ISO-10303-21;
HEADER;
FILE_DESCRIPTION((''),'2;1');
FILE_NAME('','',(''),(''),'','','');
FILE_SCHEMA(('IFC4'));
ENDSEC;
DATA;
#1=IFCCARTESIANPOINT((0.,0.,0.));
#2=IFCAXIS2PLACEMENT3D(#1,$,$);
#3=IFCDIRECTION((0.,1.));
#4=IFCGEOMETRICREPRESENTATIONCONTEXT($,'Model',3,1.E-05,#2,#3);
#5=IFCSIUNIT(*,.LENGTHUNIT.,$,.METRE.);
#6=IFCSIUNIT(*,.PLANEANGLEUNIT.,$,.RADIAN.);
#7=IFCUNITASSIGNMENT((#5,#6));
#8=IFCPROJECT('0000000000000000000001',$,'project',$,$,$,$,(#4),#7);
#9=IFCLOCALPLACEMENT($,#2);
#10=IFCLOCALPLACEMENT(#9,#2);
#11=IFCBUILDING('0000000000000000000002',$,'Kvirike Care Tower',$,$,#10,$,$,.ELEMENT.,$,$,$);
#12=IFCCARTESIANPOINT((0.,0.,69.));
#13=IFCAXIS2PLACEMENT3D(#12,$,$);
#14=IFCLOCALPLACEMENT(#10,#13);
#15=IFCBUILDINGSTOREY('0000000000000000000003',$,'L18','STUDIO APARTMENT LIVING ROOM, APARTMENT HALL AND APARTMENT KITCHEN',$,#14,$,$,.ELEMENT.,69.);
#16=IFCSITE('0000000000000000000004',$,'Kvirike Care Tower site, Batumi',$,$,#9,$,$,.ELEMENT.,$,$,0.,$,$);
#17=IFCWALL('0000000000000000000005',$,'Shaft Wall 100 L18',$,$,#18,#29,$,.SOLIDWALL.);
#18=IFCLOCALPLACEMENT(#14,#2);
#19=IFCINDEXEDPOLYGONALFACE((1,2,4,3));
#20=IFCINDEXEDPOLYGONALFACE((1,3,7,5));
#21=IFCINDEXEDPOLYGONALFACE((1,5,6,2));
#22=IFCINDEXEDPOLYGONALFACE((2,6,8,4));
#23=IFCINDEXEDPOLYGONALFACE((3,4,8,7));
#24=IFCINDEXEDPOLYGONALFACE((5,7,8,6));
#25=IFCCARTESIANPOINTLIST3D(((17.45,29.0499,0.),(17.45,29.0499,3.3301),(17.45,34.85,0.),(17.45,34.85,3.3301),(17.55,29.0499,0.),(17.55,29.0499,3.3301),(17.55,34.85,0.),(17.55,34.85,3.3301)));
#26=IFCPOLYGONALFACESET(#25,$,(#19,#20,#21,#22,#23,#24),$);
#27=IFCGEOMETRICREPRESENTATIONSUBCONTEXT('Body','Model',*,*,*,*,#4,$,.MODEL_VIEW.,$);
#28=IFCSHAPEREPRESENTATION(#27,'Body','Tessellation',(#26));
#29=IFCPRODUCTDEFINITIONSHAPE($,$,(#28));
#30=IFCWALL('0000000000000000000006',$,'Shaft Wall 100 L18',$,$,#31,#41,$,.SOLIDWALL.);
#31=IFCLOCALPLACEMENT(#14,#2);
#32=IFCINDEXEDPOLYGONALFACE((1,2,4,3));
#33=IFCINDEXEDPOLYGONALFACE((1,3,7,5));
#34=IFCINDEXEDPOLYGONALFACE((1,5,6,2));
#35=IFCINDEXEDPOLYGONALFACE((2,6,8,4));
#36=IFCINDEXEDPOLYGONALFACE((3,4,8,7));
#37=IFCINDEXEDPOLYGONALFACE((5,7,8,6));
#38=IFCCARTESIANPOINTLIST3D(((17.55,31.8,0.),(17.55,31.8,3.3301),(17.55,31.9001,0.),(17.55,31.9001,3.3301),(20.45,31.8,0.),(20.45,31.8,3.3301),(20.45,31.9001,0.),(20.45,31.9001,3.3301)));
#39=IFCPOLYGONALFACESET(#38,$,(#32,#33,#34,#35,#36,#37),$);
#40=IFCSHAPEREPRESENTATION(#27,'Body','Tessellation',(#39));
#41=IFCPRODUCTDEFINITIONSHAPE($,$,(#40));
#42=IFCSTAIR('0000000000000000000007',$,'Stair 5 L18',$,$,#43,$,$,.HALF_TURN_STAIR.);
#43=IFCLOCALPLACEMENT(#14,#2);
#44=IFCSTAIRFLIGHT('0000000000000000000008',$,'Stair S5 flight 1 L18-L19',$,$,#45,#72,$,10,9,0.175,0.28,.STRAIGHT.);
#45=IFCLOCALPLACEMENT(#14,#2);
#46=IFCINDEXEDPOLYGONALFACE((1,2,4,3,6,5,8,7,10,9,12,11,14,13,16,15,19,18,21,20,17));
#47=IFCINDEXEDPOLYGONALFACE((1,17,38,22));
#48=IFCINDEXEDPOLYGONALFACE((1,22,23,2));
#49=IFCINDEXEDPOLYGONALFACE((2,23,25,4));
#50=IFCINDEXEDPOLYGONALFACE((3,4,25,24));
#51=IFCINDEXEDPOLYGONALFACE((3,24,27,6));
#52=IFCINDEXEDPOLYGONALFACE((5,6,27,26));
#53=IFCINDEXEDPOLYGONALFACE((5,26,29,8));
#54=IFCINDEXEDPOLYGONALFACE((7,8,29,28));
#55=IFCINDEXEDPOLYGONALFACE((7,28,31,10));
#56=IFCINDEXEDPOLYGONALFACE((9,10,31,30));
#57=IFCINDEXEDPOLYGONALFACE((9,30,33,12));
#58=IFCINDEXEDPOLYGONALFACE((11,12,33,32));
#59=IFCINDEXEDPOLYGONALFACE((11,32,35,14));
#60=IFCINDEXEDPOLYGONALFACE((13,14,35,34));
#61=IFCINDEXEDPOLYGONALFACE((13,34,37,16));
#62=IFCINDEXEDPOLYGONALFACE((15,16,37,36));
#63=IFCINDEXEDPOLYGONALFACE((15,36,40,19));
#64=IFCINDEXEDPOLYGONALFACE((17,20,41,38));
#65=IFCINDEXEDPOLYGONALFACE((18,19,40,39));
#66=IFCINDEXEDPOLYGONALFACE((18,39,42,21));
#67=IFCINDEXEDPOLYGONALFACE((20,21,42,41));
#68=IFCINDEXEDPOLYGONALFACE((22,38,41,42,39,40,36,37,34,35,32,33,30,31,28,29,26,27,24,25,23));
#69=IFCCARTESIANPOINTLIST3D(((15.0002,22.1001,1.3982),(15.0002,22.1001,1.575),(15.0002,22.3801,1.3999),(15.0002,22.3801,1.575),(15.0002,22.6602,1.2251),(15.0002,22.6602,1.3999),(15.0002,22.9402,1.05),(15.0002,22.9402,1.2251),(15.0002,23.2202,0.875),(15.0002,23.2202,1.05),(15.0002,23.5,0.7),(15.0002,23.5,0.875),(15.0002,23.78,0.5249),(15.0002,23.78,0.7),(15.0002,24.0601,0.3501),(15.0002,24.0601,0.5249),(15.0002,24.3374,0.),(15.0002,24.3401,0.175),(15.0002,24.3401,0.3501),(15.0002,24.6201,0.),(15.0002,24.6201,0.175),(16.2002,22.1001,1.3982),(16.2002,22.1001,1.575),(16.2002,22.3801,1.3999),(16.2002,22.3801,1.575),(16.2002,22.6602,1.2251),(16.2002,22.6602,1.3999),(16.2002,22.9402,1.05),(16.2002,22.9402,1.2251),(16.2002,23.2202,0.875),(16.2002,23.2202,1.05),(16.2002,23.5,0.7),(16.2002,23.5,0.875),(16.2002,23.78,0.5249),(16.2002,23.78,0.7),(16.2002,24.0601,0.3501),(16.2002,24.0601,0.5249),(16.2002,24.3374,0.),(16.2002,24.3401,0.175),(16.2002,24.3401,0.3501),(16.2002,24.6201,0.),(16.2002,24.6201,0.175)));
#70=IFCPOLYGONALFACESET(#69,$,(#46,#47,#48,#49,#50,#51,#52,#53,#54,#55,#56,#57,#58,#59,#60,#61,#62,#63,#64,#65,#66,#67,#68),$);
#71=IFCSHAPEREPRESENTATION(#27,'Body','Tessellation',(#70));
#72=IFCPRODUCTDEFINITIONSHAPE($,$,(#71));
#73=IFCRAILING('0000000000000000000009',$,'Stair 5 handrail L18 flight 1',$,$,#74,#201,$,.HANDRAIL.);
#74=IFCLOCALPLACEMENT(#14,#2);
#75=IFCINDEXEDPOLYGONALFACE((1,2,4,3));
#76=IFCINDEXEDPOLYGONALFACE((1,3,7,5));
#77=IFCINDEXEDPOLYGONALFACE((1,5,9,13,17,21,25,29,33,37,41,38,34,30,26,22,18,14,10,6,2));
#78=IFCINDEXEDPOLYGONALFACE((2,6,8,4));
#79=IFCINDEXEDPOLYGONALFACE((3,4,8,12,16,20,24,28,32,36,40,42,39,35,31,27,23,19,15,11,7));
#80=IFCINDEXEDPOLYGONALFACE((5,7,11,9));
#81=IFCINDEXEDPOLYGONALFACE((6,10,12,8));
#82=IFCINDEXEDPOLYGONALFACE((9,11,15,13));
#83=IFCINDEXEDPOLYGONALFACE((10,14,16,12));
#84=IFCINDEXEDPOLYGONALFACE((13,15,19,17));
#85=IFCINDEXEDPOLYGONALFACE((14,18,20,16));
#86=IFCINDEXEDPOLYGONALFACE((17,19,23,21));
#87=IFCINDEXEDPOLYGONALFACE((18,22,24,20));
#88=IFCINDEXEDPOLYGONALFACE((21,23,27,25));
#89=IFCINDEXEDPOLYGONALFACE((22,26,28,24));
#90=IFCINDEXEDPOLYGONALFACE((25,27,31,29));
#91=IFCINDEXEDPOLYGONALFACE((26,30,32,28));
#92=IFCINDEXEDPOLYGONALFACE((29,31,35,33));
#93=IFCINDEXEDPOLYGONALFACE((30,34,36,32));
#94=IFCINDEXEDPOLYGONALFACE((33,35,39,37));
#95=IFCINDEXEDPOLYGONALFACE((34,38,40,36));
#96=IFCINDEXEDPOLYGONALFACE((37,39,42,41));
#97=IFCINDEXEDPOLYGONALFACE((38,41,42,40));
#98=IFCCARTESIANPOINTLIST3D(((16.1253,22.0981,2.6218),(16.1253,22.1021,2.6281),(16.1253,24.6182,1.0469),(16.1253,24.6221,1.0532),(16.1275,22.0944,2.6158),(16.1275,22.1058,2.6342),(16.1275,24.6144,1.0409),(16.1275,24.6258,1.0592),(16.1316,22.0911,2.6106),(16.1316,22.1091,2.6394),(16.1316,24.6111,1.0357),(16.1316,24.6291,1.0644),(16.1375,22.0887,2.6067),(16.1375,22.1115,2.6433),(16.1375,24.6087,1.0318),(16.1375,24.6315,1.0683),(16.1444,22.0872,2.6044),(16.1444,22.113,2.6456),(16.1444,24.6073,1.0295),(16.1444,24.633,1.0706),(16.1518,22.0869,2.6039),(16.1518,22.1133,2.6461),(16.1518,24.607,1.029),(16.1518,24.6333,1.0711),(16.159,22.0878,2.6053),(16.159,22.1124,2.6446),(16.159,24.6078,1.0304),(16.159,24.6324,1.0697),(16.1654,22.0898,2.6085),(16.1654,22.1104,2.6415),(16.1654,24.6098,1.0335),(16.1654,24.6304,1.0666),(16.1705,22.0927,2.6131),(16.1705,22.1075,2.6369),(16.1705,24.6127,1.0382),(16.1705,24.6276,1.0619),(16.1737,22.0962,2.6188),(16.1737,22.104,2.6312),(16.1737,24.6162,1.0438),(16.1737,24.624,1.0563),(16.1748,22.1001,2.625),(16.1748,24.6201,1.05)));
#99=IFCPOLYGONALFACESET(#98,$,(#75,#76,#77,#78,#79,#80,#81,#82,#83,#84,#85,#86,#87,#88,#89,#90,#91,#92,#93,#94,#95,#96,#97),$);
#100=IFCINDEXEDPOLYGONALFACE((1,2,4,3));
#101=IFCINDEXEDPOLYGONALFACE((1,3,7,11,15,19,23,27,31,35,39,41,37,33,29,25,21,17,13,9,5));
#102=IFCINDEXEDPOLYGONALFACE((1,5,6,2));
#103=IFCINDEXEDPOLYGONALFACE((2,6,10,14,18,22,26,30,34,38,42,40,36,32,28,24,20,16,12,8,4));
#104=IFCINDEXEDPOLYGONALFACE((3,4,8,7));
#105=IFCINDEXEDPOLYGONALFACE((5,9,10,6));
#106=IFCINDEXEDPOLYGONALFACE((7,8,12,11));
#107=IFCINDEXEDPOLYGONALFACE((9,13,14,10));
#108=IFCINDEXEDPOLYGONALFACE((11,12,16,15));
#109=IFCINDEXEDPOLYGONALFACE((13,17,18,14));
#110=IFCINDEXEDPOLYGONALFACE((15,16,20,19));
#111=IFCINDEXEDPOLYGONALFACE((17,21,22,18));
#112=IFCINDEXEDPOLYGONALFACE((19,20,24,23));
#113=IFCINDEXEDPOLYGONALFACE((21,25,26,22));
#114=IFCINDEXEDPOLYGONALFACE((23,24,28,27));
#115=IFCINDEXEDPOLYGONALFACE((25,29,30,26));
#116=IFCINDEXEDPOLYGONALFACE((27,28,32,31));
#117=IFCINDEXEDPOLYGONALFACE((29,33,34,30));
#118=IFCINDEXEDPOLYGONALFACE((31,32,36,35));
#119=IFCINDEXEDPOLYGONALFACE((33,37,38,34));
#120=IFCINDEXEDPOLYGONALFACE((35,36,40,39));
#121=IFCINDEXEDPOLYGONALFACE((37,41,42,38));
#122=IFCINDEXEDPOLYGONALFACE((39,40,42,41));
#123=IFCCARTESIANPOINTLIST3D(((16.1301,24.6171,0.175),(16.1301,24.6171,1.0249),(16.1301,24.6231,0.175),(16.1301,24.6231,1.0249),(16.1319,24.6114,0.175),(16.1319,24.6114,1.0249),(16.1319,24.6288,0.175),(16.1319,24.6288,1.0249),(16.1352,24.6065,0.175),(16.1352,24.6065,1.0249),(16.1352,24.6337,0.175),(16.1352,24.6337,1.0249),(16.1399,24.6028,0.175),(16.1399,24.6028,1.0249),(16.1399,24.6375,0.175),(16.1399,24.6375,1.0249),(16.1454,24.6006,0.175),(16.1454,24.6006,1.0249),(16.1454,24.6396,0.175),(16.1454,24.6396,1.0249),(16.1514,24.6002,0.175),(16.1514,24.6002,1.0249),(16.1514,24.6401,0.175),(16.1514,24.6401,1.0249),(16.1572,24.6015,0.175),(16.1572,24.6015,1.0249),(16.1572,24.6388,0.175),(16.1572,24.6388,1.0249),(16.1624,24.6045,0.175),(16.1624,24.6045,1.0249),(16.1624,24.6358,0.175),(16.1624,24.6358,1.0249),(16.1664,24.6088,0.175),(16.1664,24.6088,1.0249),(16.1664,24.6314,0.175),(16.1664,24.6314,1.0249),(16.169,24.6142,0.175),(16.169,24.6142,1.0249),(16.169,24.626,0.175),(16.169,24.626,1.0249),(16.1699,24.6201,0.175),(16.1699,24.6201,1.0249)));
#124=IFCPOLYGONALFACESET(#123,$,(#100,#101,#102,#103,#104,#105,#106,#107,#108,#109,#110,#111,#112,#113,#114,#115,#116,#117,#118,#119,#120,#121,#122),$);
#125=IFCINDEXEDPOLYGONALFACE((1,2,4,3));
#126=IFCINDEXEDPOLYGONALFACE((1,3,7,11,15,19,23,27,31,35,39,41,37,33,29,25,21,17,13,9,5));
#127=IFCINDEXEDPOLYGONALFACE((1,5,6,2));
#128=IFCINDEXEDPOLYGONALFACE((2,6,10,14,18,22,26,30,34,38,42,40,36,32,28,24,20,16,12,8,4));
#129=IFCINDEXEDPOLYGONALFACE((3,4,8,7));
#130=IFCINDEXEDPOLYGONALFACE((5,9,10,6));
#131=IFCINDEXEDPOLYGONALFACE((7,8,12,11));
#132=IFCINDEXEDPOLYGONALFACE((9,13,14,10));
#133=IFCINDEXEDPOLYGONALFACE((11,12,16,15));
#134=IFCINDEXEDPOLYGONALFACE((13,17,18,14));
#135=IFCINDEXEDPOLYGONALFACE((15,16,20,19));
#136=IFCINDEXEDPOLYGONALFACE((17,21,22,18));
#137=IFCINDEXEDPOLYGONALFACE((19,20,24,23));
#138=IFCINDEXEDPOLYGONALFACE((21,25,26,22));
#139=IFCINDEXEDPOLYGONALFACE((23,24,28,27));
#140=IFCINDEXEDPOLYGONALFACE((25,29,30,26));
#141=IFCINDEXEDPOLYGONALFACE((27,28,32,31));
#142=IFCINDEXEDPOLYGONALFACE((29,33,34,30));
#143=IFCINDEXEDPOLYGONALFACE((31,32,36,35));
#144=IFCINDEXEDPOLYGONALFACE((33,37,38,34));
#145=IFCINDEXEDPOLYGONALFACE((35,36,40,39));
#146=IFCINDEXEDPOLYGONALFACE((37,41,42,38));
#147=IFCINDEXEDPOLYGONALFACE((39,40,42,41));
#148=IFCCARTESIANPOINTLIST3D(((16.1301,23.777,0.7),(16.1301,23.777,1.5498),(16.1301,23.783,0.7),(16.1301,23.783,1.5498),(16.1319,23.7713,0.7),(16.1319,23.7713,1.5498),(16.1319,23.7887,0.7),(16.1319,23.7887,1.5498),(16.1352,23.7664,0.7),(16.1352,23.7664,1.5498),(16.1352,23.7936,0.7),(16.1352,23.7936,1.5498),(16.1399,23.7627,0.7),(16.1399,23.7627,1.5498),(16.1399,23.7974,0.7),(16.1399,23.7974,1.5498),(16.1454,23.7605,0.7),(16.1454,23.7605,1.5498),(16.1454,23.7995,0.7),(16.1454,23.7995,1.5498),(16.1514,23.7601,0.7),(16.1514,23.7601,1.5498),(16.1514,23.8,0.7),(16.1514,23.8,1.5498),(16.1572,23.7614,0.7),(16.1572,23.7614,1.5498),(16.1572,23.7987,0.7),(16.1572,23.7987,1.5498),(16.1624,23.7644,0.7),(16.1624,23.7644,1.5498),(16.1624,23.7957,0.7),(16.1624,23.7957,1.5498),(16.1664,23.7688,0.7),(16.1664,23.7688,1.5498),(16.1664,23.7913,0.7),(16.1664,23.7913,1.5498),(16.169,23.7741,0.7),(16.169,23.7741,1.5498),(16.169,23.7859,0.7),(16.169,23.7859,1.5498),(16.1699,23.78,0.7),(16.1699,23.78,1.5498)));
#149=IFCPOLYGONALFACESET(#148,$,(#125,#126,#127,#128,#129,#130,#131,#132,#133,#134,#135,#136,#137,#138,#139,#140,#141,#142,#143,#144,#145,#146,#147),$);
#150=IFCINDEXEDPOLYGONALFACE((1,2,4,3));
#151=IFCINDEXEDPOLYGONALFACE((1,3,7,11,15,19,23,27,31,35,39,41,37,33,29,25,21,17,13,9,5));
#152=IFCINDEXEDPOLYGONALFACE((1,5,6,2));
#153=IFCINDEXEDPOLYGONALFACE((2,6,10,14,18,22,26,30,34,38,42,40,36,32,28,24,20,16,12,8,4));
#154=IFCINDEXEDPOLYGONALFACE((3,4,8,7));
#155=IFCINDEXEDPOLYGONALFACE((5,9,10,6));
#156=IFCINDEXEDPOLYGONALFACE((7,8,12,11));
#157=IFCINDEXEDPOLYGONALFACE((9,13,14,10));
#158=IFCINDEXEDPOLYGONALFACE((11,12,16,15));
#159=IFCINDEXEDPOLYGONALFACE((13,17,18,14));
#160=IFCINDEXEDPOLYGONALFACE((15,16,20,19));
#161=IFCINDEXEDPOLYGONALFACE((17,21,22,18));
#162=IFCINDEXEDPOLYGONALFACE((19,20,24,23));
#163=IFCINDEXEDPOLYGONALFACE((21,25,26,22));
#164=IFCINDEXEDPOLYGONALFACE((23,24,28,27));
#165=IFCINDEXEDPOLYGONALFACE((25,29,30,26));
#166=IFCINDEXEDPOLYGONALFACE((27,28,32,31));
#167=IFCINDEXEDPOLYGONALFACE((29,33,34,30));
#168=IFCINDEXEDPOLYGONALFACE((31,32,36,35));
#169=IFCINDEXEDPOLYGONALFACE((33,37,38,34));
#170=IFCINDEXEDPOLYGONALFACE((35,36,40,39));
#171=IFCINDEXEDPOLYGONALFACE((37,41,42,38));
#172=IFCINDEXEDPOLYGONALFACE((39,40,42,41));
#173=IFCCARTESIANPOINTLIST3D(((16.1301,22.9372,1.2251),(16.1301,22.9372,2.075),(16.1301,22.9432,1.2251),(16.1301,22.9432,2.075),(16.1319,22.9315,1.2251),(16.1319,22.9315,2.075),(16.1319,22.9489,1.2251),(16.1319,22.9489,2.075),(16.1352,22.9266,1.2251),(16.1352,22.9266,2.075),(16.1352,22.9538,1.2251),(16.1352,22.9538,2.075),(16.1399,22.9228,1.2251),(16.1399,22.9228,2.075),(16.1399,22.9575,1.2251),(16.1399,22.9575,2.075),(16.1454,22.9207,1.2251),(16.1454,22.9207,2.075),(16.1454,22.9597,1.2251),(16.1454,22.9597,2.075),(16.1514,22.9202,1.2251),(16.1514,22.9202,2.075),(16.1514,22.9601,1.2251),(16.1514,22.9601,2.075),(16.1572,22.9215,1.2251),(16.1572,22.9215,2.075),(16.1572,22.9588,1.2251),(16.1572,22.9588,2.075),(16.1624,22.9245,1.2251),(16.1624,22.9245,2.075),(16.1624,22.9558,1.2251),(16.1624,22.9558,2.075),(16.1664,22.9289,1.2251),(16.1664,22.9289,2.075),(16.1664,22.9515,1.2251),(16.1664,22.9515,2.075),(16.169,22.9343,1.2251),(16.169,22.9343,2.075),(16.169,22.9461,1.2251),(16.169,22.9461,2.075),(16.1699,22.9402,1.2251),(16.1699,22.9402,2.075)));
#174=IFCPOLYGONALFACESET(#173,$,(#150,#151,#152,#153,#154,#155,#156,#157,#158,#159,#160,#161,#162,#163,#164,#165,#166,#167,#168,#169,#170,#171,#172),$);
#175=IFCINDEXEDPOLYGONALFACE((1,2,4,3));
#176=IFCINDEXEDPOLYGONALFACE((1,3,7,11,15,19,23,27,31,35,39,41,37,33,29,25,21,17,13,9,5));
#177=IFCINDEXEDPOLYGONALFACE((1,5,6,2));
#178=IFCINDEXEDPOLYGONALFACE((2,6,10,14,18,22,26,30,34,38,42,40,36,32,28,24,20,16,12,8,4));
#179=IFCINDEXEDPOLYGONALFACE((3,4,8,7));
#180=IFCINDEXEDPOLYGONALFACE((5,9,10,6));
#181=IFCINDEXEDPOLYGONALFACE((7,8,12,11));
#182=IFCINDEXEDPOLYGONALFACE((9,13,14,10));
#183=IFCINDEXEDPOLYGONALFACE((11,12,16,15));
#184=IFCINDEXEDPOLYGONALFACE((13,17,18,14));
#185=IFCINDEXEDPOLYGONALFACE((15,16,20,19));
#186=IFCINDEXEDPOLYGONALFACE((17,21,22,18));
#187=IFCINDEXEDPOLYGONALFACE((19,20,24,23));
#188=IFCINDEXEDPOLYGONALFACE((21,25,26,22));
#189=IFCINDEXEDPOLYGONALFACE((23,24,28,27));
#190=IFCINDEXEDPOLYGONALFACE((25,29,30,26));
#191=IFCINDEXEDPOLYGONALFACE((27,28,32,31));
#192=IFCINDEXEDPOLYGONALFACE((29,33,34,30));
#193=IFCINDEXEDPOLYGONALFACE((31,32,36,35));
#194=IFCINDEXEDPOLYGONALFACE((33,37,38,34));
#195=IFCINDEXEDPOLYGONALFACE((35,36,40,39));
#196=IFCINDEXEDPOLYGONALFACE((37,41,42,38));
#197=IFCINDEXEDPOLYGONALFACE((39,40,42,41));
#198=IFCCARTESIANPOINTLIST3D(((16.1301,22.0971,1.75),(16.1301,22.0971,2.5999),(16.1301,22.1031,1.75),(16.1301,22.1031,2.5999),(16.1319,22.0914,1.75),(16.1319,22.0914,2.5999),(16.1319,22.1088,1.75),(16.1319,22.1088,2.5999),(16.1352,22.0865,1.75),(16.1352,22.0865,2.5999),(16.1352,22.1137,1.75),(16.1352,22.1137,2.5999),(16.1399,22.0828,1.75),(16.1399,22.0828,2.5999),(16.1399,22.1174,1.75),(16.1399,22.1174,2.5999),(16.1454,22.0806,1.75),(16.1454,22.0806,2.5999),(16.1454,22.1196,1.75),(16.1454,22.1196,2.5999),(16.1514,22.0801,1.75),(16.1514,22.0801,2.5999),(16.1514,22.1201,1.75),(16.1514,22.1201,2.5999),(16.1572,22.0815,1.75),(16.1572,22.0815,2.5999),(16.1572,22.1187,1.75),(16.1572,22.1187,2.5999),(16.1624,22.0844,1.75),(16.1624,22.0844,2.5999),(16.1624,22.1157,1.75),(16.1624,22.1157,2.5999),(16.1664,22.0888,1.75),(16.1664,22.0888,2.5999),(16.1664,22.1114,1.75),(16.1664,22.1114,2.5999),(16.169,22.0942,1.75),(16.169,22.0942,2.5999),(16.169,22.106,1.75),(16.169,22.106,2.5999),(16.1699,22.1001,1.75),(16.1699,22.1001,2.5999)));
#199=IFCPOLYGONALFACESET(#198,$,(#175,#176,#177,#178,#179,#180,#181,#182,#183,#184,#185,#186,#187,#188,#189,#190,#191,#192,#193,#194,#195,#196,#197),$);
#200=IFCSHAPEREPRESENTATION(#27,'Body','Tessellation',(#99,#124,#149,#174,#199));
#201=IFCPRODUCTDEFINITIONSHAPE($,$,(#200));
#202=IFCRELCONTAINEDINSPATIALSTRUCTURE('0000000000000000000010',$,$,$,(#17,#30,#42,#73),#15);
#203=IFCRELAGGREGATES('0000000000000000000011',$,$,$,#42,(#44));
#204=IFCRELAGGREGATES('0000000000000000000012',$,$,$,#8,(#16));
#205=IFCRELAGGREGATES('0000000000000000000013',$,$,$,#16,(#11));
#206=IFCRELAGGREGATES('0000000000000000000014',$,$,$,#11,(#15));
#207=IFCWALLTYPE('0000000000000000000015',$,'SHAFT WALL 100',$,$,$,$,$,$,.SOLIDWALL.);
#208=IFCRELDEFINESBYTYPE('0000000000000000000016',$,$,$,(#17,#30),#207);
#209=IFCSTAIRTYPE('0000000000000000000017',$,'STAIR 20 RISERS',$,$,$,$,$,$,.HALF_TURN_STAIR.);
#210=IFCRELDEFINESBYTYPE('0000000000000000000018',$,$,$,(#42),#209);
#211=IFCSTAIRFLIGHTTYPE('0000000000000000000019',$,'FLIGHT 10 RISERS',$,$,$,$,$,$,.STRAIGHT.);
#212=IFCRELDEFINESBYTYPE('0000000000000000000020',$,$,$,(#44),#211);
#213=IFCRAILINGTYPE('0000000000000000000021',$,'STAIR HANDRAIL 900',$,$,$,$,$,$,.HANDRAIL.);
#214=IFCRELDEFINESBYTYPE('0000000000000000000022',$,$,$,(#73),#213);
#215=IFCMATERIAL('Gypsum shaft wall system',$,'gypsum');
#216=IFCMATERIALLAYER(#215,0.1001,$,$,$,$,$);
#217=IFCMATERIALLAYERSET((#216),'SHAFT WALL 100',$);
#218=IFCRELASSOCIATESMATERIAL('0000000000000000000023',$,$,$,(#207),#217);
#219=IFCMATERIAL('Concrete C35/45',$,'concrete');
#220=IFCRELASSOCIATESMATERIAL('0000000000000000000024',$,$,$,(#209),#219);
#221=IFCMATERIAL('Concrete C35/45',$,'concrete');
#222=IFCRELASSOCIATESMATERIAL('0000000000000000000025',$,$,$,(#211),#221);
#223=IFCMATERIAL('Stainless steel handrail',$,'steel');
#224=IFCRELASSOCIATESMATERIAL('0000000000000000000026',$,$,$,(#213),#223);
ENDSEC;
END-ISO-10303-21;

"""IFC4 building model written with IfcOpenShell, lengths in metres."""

from ifc_helpers import new_model, si_unit, direction, frame, frame_2d, origin, origin_2d, place, context, subcontext, project, spatial, polyline, rectangle, circle, outline, extrude, material, layer, layer_set, type_object, element, aggregate, save


model = new_model("IFC4")

# Units and contexts
model_context = context("Model", 3, precision=1e-05, world=origin(), true_north=direction((0.0, 1.0)))
body_context = subcontext(model_context, "Body", "Model", "MODEL_VIEW")
ifc_project = project(units=[si_unit("LENGTHUNIT", "METRE"), si_unit("PLANEANGLEUNIT", "RADIAN")], contexts=[model_context])

# Site, building, storey
site_placement = place(None, origin())
site = spatial("IfcSite", under=ifc_project, at=site_placement, Name="Kvirike Care Tower site, Batumi", CompositionType="ELEMENT", RefElevation=0.0)
building_placement = place(site_placement, origin())
building = spatial("IfcBuilding", under=site, at=building_placement, Name="Kvirike Care Tower", CompositionType="ELEMENT")
storey_placement = place(building_placement, frame((0.0, 0.0, 69.0)))
storey = spatial("IfcBuildingStorey", under=building, at=storey_placement, Name="L18", Description="STUDIO APARTMENT LIVING ROOM, APARTMENT HALL AND APARTMENT KITCHEN", CompositionType="ELEMENT", Elevation=69.0)

# Walls
ifc_material_1 = material(Name="Gypsum shaft wall system", Category="gypsum")
ifc_layer_1 = layer(ifc_material_1, 0.1001)
ifc_layer_set_1 = layer_set([ifc_layer_1], Name="SHAFT WALL 100")
wall_type_1 = type_object("IfcWallType", Name="SHAFT WALL 100", PredefinedType="SOLIDWALL", material=ifc_layer_set_1)
wall_1_placement = place(storey_placement, frame((17.5, 29.05, 0.0), z_axis=(0.0, 0.0, 1.0), x_axis=(0.0, 1.0, 0.0)))
element("IfcWall", 1, at=wall_1_placement, inside=storey, type_object=wall_type_1, Name="Shaft Wall 100 L18", PredefinedType="SOLIDWALL", context=body_context, shape_type="SweptSolid", body=[
    extrude(rectangle(XDim=5.8, YDim=0.1001, at=frame_2d((2.8999, 0.0))), origin(), (0.0, 0.0, 1.0), 3.3301),
])
wall_2_placement = place(storey_placement, frame((17.55, 31.8501, 0.0), z_axis=(0.0, 0.0, 1.0), x_axis=(1.0, 0.0, 0.0)))
element("IfcWall", 2, at=wall_2_placement, inside=storey, type_object=wall_type_1, Name="Shaft Wall 100 L18", PredefinedType="SOLIDWALL", context=body_context, shape_type="SweptSolid", body=[
    extrude(rectangle(XDim=2.8999, YDim=0.1001, at=frame_2d((1.45, 0.0))), origin(), (0.0, 0.0, 1.0), 3.3301),
])

# Stair, stair flight
ifc_material_2 = material(Name="Concrete C35/45", Category="concrete")
stair_type = type_object("IfcStairType", Name="STAIR 20 RISERS", PredefinedType="HALF_TURN_STAIR", material=ifc_material_2)
stair_placement = place(storey_placement, origin())
stair = element("IfcStair", 3, at=stair_placement, inside=storey, type_object=stair_type, Name="Stair 5 L18", PredefinedType="HALF_TURN_STAIR")
ifc_material_3 = material(Name="Concrete C35/45", Category="concrete")
stair_flight_type = type_object("IfcStairFlightType", Name="FLIGHT 10 RISERS", PredefinedType="STRAIGHT", material=ifc_material_3)
stair_flight_placement = place(storey_placement, frame((15.6001, 24.6201, 0.0), z_axis=(0.0, 0.0, 1.0), x_axis=(0.0, -1.0, 0.0)))
stair_flight = element("IfcStairFlight", 4, at=stair_flight_placement, type_object=stair_flight_type, Name="Stair S5 flight 1 L18-L19", NumberOfRisers=10, NumberOfTreads=9, PredefinedType="STRAIGHT", RiserHeight=0.175, TreadLength=0.28, context=body_context, shape_type="SweptSolid", body=[
    extrude(outline(polyline([(0.0, 0.0), (0.0, 0.175), (0.28, 0.175), (0.28, 0.3501), (0.5601, 0.3501), (0.5601, 0.5249), (0.8401, 0.5249), (0.8401, 0.7), (1.1201, 0.7), (1.1201, 0.875), (1.3999, 0.875), (1.3999, 1.05), (1.6799, 1.05), (1.6799, 1.2251), (1.96, 1.2251), (1.96, 1.3999), (2.24, 1.3999), (2.24, 1.575), (2.52, 1.575), (2.52, 1.75), (2.52, 1.3982), (0.2827, 0.0), (0.0, 0.0)])), frame((0.0, 0.6001, 0.0), z_axis=(0.0, -1.0, 0.0), x_axis=(1.0, 0.0, 0.0)), (0.0, 0.0, 1.0), 1.2),
])
aggregate(stair, [stair_flight])

# Railing
ifc_material_4 = material(Name="Stainless steel handrail", Category="steel")
railing_type = type_object("IfcRailingType", Name="STAIR HANDRAIL 900", PredefinedType="HANDRAIL", material=ifc_material_4)
railing_placement = place(storey_placement, frame((16.1499, 24.6201, 0.175)))
element("IfcRailing", 5, at=railing_placement, inside=storey, type_object=railing_type, Name="Stair 5 handrail L18 flight 1", PredefinedType="HANDRAIL", context=body_context, shape_type="SweptSolid", body=[
    extrude(circle(Radius=0.0249, at=origin_2d()), frame((0.0, 0.0, 0.875), z_axis=(0.0, -0.848008, 0.529984), x_axis=(1.0, 0.0, 0.0)), (0.0, 0.0, 1.0), 2.9717),
    extrude(circle(Radius=0.02, at=origin_2d()), origin(), (0.0, 0.0, 1.0), 0.8499),
    extrude(circle(Radius=0.02, at=origin_2d()), frame((0.0, -0.8401, 0.5249)), (0.0, 0.0, 1.0), 0.8499),
    extrude(circle(Radius=0.02, at=origin_2d()), frame((0.0, -1.6799, 1.05)), (0.0, 0.0, 1.0), 0.8499),
    extrude(circle(Radius=0.02, at=origin_2d()), frame((0.0, -2.52, 1.575)), (0.0, 0.0, 1.0), 0.8499),
])

save(model, "model.ifc")
